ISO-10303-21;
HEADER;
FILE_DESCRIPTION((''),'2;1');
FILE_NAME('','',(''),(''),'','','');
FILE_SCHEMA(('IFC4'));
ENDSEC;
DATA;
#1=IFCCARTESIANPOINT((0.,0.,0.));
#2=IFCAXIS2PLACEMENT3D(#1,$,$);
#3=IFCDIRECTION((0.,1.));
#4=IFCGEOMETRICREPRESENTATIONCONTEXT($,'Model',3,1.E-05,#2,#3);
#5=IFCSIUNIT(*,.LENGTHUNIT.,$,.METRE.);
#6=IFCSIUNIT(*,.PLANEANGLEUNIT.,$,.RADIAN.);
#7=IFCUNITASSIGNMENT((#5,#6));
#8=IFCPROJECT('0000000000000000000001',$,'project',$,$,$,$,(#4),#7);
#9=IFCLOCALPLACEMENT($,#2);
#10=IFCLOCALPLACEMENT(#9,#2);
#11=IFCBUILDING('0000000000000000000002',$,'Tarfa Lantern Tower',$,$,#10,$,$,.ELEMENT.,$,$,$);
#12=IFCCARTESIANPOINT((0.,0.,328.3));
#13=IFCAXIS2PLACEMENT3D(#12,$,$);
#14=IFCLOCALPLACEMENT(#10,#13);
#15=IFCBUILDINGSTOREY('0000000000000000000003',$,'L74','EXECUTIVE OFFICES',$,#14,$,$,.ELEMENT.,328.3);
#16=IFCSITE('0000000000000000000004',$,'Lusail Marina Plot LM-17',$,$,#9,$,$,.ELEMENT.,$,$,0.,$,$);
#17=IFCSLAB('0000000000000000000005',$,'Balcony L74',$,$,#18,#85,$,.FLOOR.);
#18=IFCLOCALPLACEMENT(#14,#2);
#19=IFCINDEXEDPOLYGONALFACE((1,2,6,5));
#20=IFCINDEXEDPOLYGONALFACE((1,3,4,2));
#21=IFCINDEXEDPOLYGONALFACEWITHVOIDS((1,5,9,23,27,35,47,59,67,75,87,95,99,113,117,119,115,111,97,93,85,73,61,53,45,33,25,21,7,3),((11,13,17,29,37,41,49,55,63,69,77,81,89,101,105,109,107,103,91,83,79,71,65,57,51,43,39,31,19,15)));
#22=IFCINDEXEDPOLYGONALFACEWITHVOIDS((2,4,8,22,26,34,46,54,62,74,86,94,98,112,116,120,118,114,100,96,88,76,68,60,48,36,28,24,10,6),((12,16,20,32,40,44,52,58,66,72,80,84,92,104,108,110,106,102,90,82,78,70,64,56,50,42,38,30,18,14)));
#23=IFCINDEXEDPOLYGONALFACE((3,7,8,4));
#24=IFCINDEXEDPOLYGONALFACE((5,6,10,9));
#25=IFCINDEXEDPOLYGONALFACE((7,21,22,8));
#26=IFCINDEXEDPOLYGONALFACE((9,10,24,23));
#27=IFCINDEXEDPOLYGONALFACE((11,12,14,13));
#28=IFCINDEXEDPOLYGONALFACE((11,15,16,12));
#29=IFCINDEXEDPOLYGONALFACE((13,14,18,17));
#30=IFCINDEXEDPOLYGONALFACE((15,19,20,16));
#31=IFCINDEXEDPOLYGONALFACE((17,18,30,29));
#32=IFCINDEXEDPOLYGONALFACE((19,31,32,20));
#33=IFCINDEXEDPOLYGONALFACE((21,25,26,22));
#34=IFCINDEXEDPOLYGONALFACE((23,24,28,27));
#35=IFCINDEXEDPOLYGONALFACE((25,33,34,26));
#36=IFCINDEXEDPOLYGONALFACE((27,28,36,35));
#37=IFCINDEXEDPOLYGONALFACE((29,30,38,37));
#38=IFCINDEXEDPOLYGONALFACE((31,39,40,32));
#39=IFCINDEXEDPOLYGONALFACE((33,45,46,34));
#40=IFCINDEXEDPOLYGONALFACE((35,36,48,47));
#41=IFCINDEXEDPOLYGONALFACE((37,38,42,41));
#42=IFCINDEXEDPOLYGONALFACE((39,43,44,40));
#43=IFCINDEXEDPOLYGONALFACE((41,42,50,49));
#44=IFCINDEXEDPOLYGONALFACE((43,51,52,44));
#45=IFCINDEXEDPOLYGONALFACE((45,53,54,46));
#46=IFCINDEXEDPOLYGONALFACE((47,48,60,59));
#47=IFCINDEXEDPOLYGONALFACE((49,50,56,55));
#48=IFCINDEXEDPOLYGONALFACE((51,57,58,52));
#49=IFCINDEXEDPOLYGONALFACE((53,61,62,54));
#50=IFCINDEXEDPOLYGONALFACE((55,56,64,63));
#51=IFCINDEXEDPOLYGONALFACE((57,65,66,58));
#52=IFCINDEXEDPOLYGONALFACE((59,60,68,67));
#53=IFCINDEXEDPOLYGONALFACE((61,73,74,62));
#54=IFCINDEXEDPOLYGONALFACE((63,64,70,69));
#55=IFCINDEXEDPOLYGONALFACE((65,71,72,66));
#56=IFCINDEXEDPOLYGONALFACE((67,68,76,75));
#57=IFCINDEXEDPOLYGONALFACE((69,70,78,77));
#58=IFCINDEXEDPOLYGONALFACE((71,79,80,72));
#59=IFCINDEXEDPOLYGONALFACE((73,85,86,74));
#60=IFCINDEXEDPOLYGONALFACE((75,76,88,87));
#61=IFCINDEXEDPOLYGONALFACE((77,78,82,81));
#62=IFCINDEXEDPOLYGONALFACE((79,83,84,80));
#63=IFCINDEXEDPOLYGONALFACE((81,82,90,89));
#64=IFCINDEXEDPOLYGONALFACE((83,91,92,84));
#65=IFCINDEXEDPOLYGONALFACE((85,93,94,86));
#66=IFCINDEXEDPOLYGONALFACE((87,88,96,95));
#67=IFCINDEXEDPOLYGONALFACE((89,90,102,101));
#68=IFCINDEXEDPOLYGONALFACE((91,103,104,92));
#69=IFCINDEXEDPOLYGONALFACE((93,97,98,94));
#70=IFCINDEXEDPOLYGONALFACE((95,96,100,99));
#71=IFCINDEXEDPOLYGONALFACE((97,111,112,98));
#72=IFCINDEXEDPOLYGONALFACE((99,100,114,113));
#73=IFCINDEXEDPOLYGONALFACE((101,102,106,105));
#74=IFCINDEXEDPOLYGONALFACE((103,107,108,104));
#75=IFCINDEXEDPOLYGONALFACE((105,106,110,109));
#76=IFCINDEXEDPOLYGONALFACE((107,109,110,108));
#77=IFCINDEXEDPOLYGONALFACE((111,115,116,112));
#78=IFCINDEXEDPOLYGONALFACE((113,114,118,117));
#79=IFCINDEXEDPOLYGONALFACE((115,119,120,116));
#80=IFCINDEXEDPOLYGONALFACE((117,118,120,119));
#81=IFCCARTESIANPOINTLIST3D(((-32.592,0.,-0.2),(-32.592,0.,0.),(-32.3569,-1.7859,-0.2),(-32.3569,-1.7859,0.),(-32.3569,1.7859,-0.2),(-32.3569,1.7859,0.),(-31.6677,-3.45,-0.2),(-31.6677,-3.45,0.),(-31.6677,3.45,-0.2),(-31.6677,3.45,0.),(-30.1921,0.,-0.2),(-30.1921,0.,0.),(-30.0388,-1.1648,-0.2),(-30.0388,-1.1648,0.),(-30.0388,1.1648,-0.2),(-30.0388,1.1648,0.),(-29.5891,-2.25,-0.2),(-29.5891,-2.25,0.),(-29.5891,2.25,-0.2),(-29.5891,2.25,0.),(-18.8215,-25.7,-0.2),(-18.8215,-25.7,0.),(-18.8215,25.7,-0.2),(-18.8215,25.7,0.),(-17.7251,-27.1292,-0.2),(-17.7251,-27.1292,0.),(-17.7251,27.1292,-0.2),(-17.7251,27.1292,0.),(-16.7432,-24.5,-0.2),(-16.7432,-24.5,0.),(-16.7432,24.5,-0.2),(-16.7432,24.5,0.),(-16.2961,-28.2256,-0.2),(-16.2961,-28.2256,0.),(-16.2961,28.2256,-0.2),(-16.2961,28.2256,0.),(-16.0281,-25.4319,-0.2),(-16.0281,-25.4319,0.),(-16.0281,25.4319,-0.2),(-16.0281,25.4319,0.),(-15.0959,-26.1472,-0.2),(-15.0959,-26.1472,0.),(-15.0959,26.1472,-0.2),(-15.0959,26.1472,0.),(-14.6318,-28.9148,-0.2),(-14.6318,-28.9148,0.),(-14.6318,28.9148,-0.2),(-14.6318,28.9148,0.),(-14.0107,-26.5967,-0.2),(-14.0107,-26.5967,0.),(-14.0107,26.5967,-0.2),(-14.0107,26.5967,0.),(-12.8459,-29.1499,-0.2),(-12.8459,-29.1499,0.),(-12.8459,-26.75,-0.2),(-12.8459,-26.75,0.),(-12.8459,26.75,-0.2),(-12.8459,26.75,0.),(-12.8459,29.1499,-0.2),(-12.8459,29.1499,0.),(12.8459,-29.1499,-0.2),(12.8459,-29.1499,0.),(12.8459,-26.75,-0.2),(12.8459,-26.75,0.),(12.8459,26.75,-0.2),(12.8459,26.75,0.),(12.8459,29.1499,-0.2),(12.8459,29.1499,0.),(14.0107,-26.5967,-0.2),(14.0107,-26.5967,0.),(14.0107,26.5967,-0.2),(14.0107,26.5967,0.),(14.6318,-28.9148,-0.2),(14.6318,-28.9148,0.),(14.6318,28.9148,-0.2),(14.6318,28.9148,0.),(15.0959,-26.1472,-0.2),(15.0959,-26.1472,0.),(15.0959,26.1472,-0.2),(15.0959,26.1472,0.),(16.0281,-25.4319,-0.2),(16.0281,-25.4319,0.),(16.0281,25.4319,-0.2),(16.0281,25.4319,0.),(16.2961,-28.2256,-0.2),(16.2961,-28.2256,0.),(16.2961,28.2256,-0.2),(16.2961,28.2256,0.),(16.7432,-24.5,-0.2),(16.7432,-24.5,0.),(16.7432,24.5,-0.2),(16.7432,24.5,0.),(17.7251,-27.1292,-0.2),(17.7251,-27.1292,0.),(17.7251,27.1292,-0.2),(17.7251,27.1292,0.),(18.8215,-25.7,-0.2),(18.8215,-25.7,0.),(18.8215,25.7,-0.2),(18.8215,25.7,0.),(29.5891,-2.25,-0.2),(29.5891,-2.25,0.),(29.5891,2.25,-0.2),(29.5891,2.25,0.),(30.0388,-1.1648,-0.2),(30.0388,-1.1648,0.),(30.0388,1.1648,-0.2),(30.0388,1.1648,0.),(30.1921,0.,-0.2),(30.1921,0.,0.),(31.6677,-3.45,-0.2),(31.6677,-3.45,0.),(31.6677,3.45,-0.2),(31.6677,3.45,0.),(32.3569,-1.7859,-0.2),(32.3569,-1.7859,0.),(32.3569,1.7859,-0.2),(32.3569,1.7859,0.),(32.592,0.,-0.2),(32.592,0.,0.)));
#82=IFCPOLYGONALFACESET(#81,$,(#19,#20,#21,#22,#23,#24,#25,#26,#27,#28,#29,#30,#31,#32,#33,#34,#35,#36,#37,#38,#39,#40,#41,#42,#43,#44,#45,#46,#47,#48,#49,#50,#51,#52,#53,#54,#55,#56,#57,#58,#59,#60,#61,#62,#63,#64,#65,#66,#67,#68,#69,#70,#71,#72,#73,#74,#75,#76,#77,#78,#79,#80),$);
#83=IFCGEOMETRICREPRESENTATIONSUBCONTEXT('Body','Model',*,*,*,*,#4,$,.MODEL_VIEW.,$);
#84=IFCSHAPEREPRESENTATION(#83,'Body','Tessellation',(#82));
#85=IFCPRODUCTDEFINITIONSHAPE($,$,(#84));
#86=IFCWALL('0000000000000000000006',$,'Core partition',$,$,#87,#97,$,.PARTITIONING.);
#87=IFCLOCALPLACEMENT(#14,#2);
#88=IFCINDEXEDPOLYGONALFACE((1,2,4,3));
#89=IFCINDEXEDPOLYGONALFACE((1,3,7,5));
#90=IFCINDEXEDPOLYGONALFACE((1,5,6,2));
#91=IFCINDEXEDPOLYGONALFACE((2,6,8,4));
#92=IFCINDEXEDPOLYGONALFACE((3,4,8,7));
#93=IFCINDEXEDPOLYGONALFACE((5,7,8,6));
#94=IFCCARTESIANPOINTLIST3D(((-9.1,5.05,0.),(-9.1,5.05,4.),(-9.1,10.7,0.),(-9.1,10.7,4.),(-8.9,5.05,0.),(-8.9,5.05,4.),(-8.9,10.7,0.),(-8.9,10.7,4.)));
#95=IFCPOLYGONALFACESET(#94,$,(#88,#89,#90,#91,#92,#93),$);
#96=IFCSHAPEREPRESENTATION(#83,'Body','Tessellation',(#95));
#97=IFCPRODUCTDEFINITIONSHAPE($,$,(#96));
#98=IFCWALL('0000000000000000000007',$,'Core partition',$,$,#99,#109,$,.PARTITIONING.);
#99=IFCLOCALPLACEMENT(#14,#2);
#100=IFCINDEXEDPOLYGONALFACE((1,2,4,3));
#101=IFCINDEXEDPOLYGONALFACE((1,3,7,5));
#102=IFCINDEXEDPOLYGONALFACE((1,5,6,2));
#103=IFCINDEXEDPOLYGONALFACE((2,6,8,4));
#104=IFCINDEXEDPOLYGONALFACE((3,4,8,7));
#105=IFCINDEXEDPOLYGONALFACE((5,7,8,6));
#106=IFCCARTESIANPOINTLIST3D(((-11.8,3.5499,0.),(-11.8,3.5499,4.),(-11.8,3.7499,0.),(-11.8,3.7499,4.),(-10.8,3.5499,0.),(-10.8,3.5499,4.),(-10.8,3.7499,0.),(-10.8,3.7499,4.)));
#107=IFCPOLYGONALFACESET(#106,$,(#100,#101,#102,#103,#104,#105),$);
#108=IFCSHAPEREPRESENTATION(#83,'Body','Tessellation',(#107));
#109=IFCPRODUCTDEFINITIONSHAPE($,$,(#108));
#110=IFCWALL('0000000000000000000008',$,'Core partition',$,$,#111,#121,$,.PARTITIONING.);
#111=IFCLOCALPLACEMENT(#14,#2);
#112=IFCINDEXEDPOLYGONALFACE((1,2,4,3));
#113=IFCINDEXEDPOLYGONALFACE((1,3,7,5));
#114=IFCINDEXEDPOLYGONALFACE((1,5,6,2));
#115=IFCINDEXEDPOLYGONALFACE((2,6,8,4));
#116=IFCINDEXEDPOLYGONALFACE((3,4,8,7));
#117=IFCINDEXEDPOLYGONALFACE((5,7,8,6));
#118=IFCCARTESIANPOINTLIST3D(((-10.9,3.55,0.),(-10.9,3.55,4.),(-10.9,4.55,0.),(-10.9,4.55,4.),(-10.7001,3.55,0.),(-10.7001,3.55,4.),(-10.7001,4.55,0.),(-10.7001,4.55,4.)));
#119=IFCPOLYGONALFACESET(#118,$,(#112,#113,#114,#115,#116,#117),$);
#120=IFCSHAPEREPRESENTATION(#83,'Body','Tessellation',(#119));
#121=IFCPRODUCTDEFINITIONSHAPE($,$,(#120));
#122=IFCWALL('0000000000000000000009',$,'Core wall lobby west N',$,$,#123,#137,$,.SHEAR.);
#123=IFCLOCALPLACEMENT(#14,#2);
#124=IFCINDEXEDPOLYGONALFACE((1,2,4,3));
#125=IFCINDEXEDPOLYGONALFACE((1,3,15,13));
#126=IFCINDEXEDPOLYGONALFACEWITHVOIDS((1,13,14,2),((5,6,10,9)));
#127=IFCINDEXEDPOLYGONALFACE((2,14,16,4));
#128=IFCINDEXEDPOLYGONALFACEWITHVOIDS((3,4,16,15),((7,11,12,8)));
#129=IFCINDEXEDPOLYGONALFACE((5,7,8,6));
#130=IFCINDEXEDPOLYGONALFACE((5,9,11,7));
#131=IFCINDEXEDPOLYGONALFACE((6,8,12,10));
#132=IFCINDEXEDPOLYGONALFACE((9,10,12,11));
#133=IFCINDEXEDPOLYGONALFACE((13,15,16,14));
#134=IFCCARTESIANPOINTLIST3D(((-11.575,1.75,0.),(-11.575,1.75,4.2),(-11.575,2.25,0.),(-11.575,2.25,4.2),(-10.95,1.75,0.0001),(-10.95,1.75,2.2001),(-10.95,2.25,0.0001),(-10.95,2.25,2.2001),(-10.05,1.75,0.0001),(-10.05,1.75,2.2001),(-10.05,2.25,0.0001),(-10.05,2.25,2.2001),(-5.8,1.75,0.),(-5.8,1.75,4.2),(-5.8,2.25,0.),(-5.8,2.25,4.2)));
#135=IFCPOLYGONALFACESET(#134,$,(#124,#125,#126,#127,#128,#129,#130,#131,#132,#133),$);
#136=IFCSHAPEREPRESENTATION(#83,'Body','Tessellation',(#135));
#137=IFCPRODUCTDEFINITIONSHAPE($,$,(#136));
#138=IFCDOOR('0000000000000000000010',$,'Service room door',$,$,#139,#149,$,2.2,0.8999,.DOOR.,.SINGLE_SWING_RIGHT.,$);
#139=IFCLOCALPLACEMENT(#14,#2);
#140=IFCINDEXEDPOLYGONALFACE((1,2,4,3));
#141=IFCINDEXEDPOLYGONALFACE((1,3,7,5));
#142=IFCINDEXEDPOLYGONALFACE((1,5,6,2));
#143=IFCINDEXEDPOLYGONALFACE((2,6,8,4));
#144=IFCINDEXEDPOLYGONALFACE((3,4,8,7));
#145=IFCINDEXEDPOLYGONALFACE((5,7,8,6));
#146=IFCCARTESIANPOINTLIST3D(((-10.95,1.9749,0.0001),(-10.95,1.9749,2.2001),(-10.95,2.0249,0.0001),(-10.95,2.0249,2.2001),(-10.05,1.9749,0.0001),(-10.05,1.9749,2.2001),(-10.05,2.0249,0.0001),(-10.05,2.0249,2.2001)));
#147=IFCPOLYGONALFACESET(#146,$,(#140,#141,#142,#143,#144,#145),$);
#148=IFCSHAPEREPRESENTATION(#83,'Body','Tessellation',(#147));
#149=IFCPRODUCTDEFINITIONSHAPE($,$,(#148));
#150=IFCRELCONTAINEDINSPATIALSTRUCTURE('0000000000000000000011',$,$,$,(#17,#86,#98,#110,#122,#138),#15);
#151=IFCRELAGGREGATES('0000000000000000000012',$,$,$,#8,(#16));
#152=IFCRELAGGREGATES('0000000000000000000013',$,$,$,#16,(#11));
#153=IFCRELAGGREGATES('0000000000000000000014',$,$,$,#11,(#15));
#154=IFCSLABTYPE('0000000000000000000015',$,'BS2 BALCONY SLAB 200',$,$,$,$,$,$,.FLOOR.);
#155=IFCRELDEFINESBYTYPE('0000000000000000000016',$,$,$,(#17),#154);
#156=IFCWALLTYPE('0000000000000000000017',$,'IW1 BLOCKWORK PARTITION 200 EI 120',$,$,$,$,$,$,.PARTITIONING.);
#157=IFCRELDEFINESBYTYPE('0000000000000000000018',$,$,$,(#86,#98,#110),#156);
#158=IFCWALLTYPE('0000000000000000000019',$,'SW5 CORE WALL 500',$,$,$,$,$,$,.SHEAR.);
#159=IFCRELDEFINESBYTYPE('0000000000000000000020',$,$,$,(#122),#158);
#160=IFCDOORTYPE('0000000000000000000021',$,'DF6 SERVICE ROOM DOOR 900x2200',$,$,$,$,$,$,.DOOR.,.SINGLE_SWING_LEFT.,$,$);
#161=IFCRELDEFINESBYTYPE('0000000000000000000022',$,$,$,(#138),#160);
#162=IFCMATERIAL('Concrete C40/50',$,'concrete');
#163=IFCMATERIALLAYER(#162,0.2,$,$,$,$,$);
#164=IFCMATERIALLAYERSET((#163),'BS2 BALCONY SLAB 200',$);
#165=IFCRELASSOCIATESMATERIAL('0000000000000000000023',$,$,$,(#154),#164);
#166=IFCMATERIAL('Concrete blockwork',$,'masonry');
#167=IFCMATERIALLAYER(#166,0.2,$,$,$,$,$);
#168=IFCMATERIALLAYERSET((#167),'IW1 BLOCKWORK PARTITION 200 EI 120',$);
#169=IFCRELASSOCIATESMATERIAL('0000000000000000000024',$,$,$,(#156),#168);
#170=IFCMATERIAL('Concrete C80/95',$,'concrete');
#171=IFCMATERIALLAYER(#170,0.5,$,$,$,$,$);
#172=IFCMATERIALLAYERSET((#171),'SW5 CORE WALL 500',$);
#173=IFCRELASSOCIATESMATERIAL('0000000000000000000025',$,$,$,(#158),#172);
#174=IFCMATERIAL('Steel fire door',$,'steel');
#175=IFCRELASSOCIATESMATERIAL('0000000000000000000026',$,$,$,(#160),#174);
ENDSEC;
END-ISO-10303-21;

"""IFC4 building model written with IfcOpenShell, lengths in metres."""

from ifc_helpers import new_model, si_unit, direction, frame, frame_2d, origin, place, context, subcontext, project, spatial, polyline, rectangle, outline, extrude, material, layer, layer_set, type_object, element, fill, save


model = new_model("IFC4")

# Units and contexts
model_context = context("Model", 3, precision=1e-05, world=origin(), true_north=direction((0.0, 1.0)))
body_context = subcontext(model_context, "Body", "Model", "MODEL_VIEW")
ifc_project = project(units=[si_unit("LENGTHUNIT", "METRE"), si_unit("PLANEANGLEUNIT", "RADIAN")], contexts=[model_context])

# Site, building, storey
site_placement = place(None, origin())
site = spatial("IfcSite", under=ifc_project, at=site_placement, Name="Lusail Marina Plot LM-17", CompositionType="ELEMENT", RefElevation=0.0)
building_placement = place(site_placement, origin())
building = spatial("IfcBuilding", under=site, at=building_placement, Name="Tarfa Lantern Tower", CompositionType="ELEMENT")
storey_placement = place(building_placement, frame((0.0, 0.0, 328.3)))
storey = spatial("IfcBuildingStorey", under=building, at=storey_placement, Name="L74", Description="EXECUTIVE OFFICES", CompositionType="ELEMENT", Elevation=328.3)

# Slab
ifc_material_1 = material(Name="Concrete C40/50", Category="concrete")
ifc_layer_1 = layer(ifc_material_1, 0.2)
ifc_layer_set_1 = layer_set([ifc_layer_1], Name="BS2 BALCONY SLAB 200")
slab_type = type_object("IfcSlabType", Name="BS2 BALCONY SLAB 200", PredefinedType="FLOOR", material=ifc_layer_set_1)
slab_placement = place(storey_placement, frame((0.0, 0.0, -0.2)))
element("IfcSlab", 1, at=slab_placement, inside=storey, type_object=slab_type, Name="Balcony L74", PredefinedType="FLOOR", context=body_context, shape_type="SweptSolid", body=[
    extrude(outline(polyline([(31.6677, 3.45), (18.8215, 25.7), (17.7251, 27.1292), (16.2961, 28.2256), (14.6318, 28.9148), (12.8459, 29.1499), (-12.8459, 29.1499), (-14.6318, 28.9148), (-16.2961, 28.2256), (-17.7251, 27.1292), (-18.8215, 25.7), (-31.6677, 3.45), (-32.3569, 1.7859), (-32.592, 0.0), (-32.3569, -1.7859), (-31.6677, -3.45), (-18.8215, -25.7), (-17.7251, -27.1292), (-16.2961, -28.2256), (-14.6318, -28.9148), (-12.8459, -29.1499), (12.8459, -29.1499), (14.6318, -28.9148), (16.2961, -28.2256), (17.7251, -27.1292), (18.8215, -25.7), (31.6677, -3.45), (32.3569, -1.7859), (32.592, 0.0), (32.3569, 1.7859), (31.6677, 3.45)]), holes=[polyline([(29.5891, 2.25), (16.7432, 24.5), (16.0281, 25.4319), (15.0959, 26.1472), (14.0107, 26.5967), (12.8459, 26.75), (-12.8459, 26.75), (-14.0107, 26.5967), (-15.0959, 26.1472), (-16.0281, 25.4319), (-16.7432, 24.5), (-29.5891, 2.25), (-30.0388, 1.1648), (-30.1921, 0.0), (-30.0388, -1.1648), (-29.5891, -2.25), (-16.7432, -24.5), (-16.0281, -25.4319), (-15.0959, -26.1472), (-14.0107, -26.5967), (-12.8459, -26.75), (12.8459, -26.75), (14.0107, -26.5967), (15.0959, -26.1472), (16.0281, -25.4319), (16.7432, -24.5), (29.5891, -2.25), (30.0388, -1.1648), (30.1921, 0.0), (30.0388, 1.1648), (29.5891, 2.25)])]), origin(), (0.0, 0.0, 1.0), 0.2),
])

# Walls
ifc_material_2 = material(Name="Concrete blockwork", Category="masonry")
ifc_layer_2 = layer(ifc_material_2, 0.2)
ifc_layer_set_2 = layer_set([ifc_layer_2], Name="IW1 BLOCKWORK PARTITION 200 EI 120")
wall_type_1 = type_object("IfcWallType", Name="IW1 BLOCKWORK PARTITION 200 EI 120", PredefinedType="PARTITIONING", material=ifc_layer_set_2)
wall_1_placement = place(storey_placement, frame((-9.0, 5.05, 0.0), z_axis=(0.0, 0.0, 1.0), x_axis=(0.0, 1.0, 0.0)))
element("IfcWall", 2, at=wall_1_placement, inside=storey, type_object=wall_type_1, Name="Core partition", PredefinedType="PARTITIONING", context=body_context, shape_type="SweptSolid", body=[
    extrude(rectangle(XDim=5.6499, YDim=0.2, at=frame_2d((2.825, 0.0))), origin(), (0.0, 0.0, 1.0), 4.0),
])
for number, where, z_axis, x_axis, name in (
    (3, (-11.8, 3.6499, 0.0), (0.0, 0.0, 1.0), (1.0, 0.0, 0.0), "Core partition"),
    (4, (-10.8, 3.55, 0.0), (0.0, 0.0, 1.0), (0.0, 1.0, 0.0), "Core partition"),
):
    element("IfcWall", number, at=place(storey_placement, frame(where, z_axis=z_axis, x_axis=x_axis)), inside=storey, type_object=wall_type_1, Name=name, PredefinedType="PARTITIONING", context=body_context, shape_type="SweptSolid", body=[
        extrude(rectangle(XDim=1.0, YDim=0.2, at=frame_2d((0.5, 0.0))), origin(), (0.0, 0.0, 1.0), 4.0),
    ])

# Wall, opening, door
ifc_material_3 = material(Name="Concrete C80/95", Category="concrete")
ifc_layer_3 = layer(ifc_material_3, 0.5)
ifc_layer_set_3 = layer_set([ifc_layer_3], Name="SW5 CORE WALL 500")
wall_type_2 = type_object("IfcWallType", Name="SW5 CORE WALL 500", PredefinedType="SHEAR", material=ifc_layer_set_3)
wall_2_placement = place(storey_placement, frame((-11.575, 2.0, 0.0), z_axis=(0.0, 0.0, 1.0), x_axis=(1.0, 0.0, 0.0)))
wall_2 = element("IfcWall", 5, at=wall_2_placement, inside=storey, type_object=wall_type_2, Name="Core wall lobby west N", PredefinedType="SHEAR", context=body_context, shape_type="SweptSolid", body=[
    extrude(rectangle(XDim=5.7749, YDim=0.5, at=frame_2d((2.8875, 0.0))), origin(), (0.0, 0.0, 1.0), 4.2),
])
opening_1_placement = place(wall_2_placement, frame((0.625, 0.0, 0.0)))
opening_1 = element("IfcOpeningElement", 6, at=opening_1_placement, cuts=wall_2, PredefinedType="OPENING", context=body_context, shape_type="SweptSolid", body=[
    extrude(rectangle(XDim=0.8999, YDim=2.2, at=frame_2d((0.45, 1.1001))), frame((0.0, 0.26, 0.0), z_axis=(0.0, -1.0, 0.0), x_axis=(1.0, 0.0, 0.0)), (0.0, 0.0, 1.0), 0.52),
])
ifc_material_4 = material(Name="Steel fire door", Category="steel")
door_type_1 = type_object("IfcDoorType", Name="DF6 SERVICE ROOM DOOR 900x2200", OperationType="SINGLE_SWING_LEFT", PredefinedType="DOOR", material=ifc_material_4)
door_1_placement = place(opening_1_placement, origin())
door_1 = element("IfcDoor", 7, at=door_1_placement, inside=storey, type_object=door_type_1, Name="Service room door", OperationType="SINGLE_SWING_RIGHT", OverallHeight=2.2, OverallWidth=0.8999, PredefinedType="DOOR", context=body_context, shape_type="SweptSolid", body=[
    extrude(rectangle(XDim=0.8999, YDim=2.2, at=frame_2d((0.45, 1.1001))), frame((0.0, 0.0249, 0.0), z_axis=(0.0, -1.0, 0.0), x_axis=(1.0, 0.0, 0.0)), (0.0, 0.0, 1.0), 0.05),
])
fill(opening_1, door_1)

save(model, "model.ifc")
